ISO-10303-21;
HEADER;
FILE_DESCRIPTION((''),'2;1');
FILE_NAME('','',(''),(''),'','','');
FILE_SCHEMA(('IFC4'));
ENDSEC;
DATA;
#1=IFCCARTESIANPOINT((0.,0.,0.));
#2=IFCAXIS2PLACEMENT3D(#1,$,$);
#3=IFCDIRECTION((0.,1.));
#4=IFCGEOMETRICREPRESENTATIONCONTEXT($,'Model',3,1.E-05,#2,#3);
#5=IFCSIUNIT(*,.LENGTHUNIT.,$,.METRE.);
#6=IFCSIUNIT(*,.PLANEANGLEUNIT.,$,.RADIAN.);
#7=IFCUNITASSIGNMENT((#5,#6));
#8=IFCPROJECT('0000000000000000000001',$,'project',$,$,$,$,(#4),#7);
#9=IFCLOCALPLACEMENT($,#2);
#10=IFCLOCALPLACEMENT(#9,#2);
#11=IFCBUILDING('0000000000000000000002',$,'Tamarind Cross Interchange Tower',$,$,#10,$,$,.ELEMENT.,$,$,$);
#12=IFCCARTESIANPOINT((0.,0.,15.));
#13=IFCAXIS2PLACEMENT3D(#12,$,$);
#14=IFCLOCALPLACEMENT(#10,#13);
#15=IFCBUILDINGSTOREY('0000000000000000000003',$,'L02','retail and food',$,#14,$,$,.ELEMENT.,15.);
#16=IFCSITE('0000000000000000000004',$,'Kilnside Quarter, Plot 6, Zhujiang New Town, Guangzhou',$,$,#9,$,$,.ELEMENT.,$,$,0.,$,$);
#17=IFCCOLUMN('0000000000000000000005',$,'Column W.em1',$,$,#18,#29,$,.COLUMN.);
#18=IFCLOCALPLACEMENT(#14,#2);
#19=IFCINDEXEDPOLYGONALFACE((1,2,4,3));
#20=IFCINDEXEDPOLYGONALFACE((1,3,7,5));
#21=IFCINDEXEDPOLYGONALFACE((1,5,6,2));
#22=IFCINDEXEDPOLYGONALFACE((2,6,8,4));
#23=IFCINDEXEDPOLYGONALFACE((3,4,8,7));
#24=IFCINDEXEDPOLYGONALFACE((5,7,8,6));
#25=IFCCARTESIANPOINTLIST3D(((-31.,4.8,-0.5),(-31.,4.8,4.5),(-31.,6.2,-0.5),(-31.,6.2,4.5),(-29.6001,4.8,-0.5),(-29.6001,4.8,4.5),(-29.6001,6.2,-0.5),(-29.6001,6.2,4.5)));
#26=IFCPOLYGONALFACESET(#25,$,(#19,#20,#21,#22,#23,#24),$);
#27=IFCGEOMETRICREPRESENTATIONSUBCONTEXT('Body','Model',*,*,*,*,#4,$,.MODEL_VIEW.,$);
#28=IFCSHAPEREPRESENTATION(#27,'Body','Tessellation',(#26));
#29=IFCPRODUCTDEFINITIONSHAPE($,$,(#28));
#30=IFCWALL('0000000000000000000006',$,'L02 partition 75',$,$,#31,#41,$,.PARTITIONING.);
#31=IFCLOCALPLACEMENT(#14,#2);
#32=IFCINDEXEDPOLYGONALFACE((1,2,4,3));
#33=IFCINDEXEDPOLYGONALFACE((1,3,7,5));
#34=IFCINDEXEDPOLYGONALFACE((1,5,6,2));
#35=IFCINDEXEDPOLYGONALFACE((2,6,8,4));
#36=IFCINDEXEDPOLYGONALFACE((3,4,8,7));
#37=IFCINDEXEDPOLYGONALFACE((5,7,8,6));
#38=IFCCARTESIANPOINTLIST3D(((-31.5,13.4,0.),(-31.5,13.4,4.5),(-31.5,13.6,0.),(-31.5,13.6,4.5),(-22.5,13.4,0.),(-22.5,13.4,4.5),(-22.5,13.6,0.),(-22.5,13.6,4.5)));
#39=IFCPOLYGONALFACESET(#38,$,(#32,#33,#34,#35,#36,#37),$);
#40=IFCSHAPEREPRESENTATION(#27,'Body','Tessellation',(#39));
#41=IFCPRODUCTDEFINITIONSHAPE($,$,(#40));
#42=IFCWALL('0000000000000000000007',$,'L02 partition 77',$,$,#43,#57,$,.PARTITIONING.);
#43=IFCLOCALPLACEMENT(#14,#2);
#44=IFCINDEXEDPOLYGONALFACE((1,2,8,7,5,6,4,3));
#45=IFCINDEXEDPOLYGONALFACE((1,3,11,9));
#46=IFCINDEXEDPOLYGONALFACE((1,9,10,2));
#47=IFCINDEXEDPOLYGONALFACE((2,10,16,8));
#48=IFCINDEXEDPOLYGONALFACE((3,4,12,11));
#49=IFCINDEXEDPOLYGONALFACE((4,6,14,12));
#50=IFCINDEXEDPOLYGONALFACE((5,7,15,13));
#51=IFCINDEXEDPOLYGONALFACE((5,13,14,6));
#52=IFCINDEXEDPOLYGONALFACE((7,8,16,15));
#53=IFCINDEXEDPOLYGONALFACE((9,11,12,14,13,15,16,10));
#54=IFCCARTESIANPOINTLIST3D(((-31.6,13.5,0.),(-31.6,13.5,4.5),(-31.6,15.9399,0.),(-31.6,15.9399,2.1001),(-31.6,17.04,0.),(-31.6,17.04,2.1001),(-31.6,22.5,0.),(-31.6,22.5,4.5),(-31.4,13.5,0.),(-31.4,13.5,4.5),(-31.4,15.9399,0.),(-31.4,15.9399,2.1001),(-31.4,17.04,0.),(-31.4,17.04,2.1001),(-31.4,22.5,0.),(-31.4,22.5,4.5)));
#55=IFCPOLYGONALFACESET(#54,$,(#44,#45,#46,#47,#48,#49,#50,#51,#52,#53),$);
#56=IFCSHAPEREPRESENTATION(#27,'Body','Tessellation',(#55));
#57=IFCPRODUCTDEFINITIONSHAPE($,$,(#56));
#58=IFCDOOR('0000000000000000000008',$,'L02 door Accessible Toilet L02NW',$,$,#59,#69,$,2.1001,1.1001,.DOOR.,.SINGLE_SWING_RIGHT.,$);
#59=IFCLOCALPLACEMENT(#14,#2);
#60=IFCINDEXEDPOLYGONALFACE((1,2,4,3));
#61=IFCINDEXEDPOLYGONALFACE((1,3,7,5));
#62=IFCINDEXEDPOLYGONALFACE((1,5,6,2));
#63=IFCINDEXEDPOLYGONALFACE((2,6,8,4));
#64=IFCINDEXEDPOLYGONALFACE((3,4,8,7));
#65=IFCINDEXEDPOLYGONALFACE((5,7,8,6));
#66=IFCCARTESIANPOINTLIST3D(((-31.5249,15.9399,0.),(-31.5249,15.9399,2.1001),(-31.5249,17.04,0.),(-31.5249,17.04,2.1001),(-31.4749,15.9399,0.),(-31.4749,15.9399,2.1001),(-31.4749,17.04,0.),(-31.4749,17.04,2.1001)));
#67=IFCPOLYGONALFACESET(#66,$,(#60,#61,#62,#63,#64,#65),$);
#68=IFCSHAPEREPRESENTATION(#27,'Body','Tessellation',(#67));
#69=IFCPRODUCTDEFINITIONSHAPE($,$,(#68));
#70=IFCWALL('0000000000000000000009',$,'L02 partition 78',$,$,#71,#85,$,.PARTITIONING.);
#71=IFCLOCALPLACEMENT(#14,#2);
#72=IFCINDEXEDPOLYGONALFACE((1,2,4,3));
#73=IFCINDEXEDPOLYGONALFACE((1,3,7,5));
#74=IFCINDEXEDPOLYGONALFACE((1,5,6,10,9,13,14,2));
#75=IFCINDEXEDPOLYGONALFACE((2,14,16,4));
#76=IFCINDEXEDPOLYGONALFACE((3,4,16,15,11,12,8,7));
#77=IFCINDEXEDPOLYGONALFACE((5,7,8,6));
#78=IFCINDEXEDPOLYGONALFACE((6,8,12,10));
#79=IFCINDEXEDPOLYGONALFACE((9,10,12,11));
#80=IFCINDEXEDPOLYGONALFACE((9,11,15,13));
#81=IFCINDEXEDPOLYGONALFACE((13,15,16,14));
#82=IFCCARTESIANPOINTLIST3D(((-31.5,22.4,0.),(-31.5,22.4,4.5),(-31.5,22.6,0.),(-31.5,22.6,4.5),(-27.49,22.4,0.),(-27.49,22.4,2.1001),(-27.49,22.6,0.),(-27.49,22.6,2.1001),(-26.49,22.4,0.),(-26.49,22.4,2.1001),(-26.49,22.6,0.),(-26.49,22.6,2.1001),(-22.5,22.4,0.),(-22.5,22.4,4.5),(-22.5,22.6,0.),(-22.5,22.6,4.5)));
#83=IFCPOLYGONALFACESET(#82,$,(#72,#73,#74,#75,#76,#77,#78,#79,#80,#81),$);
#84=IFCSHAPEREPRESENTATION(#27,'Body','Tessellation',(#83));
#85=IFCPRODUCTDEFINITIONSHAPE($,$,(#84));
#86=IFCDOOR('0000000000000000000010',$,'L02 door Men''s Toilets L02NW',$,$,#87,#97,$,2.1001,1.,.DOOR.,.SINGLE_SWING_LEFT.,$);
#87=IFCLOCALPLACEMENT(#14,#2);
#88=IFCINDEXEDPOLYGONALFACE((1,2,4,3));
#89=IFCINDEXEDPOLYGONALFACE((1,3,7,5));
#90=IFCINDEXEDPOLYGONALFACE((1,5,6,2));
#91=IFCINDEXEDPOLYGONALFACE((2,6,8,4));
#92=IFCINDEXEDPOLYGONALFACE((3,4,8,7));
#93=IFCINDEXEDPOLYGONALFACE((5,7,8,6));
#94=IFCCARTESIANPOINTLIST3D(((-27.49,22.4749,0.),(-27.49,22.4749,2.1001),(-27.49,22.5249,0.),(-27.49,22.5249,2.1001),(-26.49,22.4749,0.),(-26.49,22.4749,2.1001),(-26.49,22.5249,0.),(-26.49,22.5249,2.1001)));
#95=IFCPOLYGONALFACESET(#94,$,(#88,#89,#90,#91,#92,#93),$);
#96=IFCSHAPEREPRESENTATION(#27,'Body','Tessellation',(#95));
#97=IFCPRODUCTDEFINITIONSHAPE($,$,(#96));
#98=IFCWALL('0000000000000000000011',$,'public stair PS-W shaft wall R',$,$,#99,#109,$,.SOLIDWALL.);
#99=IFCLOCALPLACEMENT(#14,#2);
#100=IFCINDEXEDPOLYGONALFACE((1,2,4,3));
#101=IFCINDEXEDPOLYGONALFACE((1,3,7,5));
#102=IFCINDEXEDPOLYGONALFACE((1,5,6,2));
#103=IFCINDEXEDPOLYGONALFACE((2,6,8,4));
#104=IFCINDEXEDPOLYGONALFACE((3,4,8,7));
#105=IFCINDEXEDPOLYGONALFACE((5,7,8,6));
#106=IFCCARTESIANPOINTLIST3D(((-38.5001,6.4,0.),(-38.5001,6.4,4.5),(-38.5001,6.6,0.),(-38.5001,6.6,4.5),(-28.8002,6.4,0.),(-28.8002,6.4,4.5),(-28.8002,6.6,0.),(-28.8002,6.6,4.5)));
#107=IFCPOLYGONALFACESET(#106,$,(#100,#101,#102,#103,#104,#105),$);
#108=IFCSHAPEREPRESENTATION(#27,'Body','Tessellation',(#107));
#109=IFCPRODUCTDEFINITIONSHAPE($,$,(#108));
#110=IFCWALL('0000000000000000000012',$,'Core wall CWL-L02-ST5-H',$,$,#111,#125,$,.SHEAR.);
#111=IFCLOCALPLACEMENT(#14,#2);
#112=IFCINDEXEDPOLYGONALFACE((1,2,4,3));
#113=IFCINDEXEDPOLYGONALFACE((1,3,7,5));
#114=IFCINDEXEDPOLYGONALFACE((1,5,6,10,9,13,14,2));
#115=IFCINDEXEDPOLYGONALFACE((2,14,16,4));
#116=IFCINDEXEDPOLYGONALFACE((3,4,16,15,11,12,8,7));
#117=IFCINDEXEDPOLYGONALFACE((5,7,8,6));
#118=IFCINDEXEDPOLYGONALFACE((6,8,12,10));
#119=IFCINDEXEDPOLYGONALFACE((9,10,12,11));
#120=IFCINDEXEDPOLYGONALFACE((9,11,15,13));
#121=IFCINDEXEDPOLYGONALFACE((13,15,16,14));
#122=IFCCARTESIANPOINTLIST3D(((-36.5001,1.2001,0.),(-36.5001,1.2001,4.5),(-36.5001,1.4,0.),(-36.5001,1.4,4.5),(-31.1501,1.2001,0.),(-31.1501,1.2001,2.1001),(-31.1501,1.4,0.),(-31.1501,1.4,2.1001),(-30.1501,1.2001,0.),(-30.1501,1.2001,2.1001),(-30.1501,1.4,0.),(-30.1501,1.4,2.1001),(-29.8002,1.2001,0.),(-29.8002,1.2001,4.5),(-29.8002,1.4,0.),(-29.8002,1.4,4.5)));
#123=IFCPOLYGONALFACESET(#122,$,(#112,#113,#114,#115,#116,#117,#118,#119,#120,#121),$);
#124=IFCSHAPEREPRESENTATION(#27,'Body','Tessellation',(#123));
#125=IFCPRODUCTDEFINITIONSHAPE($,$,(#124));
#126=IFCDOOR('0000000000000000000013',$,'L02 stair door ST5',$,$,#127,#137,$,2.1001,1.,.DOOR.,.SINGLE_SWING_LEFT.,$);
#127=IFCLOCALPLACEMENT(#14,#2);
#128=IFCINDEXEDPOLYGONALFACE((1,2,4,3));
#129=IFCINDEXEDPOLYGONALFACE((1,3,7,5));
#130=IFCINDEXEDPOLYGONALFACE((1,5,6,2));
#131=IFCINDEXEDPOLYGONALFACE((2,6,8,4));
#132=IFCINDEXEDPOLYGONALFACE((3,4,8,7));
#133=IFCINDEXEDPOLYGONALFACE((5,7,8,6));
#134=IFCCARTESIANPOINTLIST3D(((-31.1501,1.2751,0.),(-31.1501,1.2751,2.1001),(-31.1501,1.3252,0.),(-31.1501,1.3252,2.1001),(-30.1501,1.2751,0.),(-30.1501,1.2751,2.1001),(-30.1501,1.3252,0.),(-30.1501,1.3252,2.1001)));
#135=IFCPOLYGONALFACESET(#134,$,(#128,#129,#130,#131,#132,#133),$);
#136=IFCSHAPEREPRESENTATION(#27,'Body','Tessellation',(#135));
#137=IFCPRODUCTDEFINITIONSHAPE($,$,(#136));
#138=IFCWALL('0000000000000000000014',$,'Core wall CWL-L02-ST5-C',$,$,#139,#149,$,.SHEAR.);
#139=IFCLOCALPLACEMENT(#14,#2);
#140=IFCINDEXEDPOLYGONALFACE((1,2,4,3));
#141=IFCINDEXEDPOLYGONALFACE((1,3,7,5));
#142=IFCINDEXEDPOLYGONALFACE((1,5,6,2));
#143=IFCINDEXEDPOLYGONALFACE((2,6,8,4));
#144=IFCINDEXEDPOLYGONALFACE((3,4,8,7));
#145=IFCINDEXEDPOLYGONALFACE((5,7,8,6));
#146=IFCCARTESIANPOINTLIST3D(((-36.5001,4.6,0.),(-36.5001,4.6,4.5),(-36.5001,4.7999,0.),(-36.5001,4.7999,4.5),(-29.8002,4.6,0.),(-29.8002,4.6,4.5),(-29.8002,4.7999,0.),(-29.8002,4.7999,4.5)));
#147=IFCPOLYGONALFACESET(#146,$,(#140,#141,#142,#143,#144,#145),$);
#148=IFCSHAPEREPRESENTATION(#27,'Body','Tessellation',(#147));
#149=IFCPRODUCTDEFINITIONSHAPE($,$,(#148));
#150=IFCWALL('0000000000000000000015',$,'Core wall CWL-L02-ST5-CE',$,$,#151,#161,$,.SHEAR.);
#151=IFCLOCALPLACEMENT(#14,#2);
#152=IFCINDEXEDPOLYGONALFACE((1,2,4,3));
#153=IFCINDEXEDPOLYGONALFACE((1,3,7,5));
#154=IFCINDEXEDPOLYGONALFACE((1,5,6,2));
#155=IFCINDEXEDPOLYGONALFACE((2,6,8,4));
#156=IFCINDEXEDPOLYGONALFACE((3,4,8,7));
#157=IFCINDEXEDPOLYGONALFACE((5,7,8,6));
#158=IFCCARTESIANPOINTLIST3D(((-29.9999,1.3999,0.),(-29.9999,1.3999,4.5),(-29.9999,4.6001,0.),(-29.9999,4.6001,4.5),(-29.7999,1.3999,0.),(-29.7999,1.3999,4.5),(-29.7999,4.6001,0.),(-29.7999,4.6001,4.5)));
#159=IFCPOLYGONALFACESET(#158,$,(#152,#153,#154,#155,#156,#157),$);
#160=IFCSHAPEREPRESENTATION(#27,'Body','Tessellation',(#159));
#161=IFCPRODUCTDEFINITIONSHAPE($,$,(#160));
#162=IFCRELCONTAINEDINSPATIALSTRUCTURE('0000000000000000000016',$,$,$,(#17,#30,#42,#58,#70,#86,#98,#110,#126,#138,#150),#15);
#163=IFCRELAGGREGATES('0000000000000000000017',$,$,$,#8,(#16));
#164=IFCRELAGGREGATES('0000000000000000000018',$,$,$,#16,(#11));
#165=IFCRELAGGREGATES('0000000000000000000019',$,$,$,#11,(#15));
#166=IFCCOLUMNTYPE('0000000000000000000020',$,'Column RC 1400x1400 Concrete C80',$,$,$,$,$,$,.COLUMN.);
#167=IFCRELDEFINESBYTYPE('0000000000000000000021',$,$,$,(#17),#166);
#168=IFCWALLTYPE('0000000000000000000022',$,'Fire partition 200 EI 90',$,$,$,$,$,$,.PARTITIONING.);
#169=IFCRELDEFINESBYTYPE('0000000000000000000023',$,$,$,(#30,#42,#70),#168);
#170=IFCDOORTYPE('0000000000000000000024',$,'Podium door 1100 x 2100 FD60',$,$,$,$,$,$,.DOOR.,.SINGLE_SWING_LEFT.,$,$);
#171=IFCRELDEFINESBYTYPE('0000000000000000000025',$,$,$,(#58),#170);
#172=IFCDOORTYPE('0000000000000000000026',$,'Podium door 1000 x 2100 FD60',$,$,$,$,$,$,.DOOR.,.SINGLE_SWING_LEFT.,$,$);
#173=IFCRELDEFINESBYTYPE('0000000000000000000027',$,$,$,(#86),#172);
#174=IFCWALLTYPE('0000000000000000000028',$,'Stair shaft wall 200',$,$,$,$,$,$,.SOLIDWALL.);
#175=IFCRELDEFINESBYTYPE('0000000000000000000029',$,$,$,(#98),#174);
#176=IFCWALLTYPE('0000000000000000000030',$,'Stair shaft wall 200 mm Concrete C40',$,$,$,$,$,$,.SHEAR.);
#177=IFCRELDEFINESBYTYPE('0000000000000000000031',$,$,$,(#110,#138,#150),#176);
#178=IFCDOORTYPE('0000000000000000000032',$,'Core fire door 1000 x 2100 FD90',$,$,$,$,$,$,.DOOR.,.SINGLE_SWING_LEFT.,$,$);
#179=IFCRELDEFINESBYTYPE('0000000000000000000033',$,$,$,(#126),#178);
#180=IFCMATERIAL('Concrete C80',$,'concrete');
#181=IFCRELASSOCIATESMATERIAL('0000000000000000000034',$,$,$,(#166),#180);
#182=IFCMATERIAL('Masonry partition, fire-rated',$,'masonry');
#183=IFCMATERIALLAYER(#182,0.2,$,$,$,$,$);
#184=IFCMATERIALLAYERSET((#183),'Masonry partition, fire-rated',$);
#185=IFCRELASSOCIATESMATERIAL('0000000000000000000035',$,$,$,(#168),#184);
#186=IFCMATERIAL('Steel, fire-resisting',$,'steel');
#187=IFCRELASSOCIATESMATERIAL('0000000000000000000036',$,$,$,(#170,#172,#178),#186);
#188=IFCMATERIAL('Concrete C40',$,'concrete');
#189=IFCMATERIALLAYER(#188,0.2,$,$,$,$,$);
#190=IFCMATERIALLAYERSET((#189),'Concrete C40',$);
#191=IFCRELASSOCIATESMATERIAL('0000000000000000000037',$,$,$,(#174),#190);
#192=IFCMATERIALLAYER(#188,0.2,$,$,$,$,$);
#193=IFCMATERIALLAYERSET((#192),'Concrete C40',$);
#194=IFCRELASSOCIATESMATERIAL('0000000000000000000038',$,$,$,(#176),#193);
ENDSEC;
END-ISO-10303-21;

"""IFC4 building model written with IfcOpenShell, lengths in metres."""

from ifc_helpers import new_model, si_unit, direction, frame, frame_2d, origin, origin_2d, place, context, subcontext, project, spatial, rectangle, extrude, material, layer, layer_set, material_profile, profile_set, type_object, element, fill, save


model = new_model("IFC4")

# Units and contexts
model_context = context("Model", 3, precision=1e-05, world=origin(), true_north=direction((0.0, 1.0)))
body_context = subcontext(model_context, "Body", "Model", "MODEL_VIEW")
ifc_project = project(units=[si_unit("LENGTHUNIT", "METRE"), si_unit("PLANEANGLEUNIT", "RADIAN")], contexts=[model_context])

# Site, building, storey
site_placement = place(None, origin())
site = spatial("IfcSite", under=ifc_project, at=site_placement, Name="Kilnside Quarter, Plot 6, Zhujiang New Town, Guangzhou", CompositionType="ELEMENT", RefElevation=0.0)
building_placement = place(site_placement, origin())
building = spatial("IfcBuilding", under=site, at=building_placement, Name="Tamarind Cross Interchange Tower", CompositionType="ELEMENT")
storey_placement = place(building_placement, frame((0.0, 0.0, 15.0)))
storey = spatial("IfcBuildingStorey", under=building, at=storey_placement, Name="L02", Description="retail and food", CompositionType="ELEMENT", Elevation=15.0)

# Column
ifc_material_1 = material(Name="Concrete C80", Category="concrete")
ifc_material_profile = material_profile(ifc_material_1, rectangle(XDim=1.3999, YDim=1.3999, at=origin_2d()), Name="RC 1400x1400")
ifc_profile_set = profile_set([ifc_material_profile], Name="Concrete C80")
column_type = type_object("IfcColumnType", Name="Column RC 1400x1400 Concrete C80", PredefinedType="COLUMN", material=ifc_profile_set)
column_placement = place(storey_placement, frame((-30.3, 5.5, -0.5), z_axis=(0.0, 0.0, 1.0), x_axis=(1.0, 0.0, 0.0)))
element("IfcColumn", 1, at=column_placement, inside=storey, type_object=column_type, Name="Column W.em1", PredefinedType="COLUMN", context=body_context, shape_type="SweptSolid", body=[
    extrude(rectangle(XDim=1.3999, YDim=1.3999, at=origin_2d()), origin(), (0.0, 0.0, 1.0), 5.0),
])

# Wall
ifc_material_2 = material(Name="Masonry partition, fire-rated", Category="masonry")
ifc_layer_1 = layer(ifc_material_2, 0.2)
ifc_layer_set_1 = layer_set([ifc_layer_1], Name="Masonry partition, fire-rated")
wall_type_1 = type_object("IfcWallType", Name="Fire partition 200 EI 90", PredefinedType="PARTITIONING", material=ifc_layer_set_1)
wall_1_placement = place(storey_placement, frame((-31.5, 13.5, 0.0), z_axis=(0.0, 0.0, 1.0), x_axis=(1.0, 0.0, 0.0)))
element("IfcWall", 2, at=wall_1_placement, inside=storey, type_object=wall_type_1, Name="L02 partition 75", PredefinedType="PARTITIONING", context=body_context, shape_type="SweptSolid", body=[
    extrude(rectangle(XDim=9.0, YDim=0.2, at=frame_2d((4.5, 0.0))), origin(), (0.0, 0.0, 1.0), 4.5),
])

# Walls, openings, doors
wall_2_placement = place(storey_placement, frame((-31.5, 13.5, 0.0), z_axis=(0.0, 0.0, 1.0), x_axis=(0.0, 1.0, 0.0)))
wall_2 = element("IfcWall", 3, at=wall_2_placement, inside=storey, type_object=wall_type_1, Name="L02 partition 77", PredefinedType="PARTITIONING", context=body_context, shape_type="SweptSolid", body=[
    extrude(rectangle(XDim=9.0, YDim=0.2, at=frame_2d((4.5, 0.0))), origin(), (0.0, 0.0, 1.0), 4.5),
])
opening_1_placement = place(wall_2_placement, frame((2.4399, 0.0, 0.0)))
opening_1 = element("IfcOpeningElement", 4, at=opening_1_placement, cuts=wall_2, PredefinedType="OPENING", context=body_context, shape_type="SweptSolid", body=[
    extrude(rectangle(XDim=1.1001, YDim=2.1001, at=frame_2d((0.55, 1.05))), frame((0.0, 0.1099, 0.0), z_axis=(0.0, -1.0, 0.0), x_axis=(1.0, 0.0, 0.0)), (0.0, 0.0, 1.0), 0.22),
])
ifc_material_3 = material(Name="Steel, fire-resisting", Category="steel")
door_type_1 = type_object("IfcDoorType", Name="Podium door 1100 x 2100 FD60", OperationType="SINGLE_SWING_LEFT", PredefinedType="DOOR", material=ifc_material_3)
door_1_placement = place(opening_1_placement, origin())
door_1 = element("IfcDoor", 5, at=door_1_placement, inside=storey, type_object=door_type_1, Name="L02 door Accessible Toilet L02NW", OperationType="SINGLE_SWING_RIGHT", OverallHeight=2.1001, OverallWidth=1.1001, PredefinedType="DOOR", context=body_context, shape_type="SweptSolid", body=[
    extrude(rectangle(XDim=1.1001, YDim=2.1001, at=frame_2d((0.55, 1.05))), frame((0.0, 0.0249, 0.0), z_axis=(0.0, -1.0, 0.0), x_axis=(1.0, 0.0, 0.0)), (0.0, 0.0, 1.0), 0.05),
])
fill(opening_1, door_1)
wall_3_placement = place(storey_placement, frame((-31.5, 22.5, 0.0), z_axis=(0.0, 0.0, 1.0), x_axis=(1.0, 0.0, 0.0)))
wall_3 = element("IfcWall", 6, at=wall_3_placement, inside=storey, type_object=wall_type_1, Name="L02 partition 78", PredefinedType="PARTITIONING", context=body_context, shape_type="SweptSolid", body=[
    extrude(rectangle(XDim=9.0, YDim=0.2, at=frame_2d((4.5, 0.0))), origin(), (0.0, 0.0, 1.0), 4.5),
])
opening_2_placement = place(wall_3_placement, frame((4.01, 0.0, 0.0)))
opening_2 = element("IfcOpeningElement", 7, at=opening_2_placement, cuts=wall_3, PredefinedType="OPENING", context=body_context, shape_type="SweptSolid", body=[
    extrude(rectangle(XDim=1.0, YDim=2.1001, at=frame_2d((0.5, 1.05))), frame((0.0, 0.1099, 0.0), z_axis=(0.0, -1.0, 0.0), x_axis=(1.0, 0.0, 0.0)), (0.0, 0.0, 1.0), 0.22),
])
door_type_2 = type_object("IfcDoorType", Name="Podium door 1000 x 2100 FD60", OperationType="SINGLE_SWING_LEFT", PredefinedType="DOOR", material=ifc_material_3)
door_2_placement = place(opening_2_placement, origin())
door_2 = element("IfcDoor", 8, at=door_2_placement, inside=storey, type_object=door_type_2, Name="L02 door Men's Toilets L02NW", OperationType="SINGLE_SWING_LEFT", OverallHeight=2.1001, OverallWidth=1.0, PredefinedType="DOOR", context=body_context, shape_type="SweptSolid", body=[
    extrude(rectangle(XDim=1.0, YDim=2.1001, at=frame_2d((0.5, 1.05))), frame((0.0, 0.0249, 0.0), z_axis=(0.0, -1.0, 0.0), x_axis=(1.0, 0.0, 0.0)), (0.0, 0.0, 1.0), 0.05),
])
fill(opening_2, door_2)

# Wall
ifc_material_4 = material(Name="Concrete C40", Category="concrete")
ifc_layer_2 = layer(ifc_material_4, 0.2)
ifc_layer_set_2 = layer_set([ifc_layer_2], Name="Concrete C40")
wall_type_2 = type_object("IfcWallType", Name="Stair shaft wall 200", PredefinedType="SOLIDWALL", material=ifc_layer_set_2)
wall_4_placement = place(storey_placement, frame((-28.8, 6.5, 0.0), z_axis=(0.0, 0.0, 1.0), x_axis=(-1.0, 0.0, 0.0)))
element("IfcWall", 9, at=wall_4_placement, inside=storey, type_object=wall_type_2, Name="public stair PS-W shaft wall R", PredefinedType="SOLIDWALL", context=body_context, shape_type="SweptSolid", body=[
    extrude(rectangle(XDim=9.7, YDim=0.2, at=frame_2d((4.8501, 0.0))), origin(), (0.0, 0.0, 1.0), 4.5),
])

# Wall, opening, door
ifc_layer_3 = layer(ifc_material_4, 0.2)
ifc_layer_set_3 = layer_set([ifc_layer_3], Name="Concrete C40")
wall_type_3 = type_object("IfcWallType", Name="Stair shaft wall 200 mm Concrete C40", PredefinedType="SHEAR", material=ifc_layer_set_3)
wall_5_placement = place(storey_placement, frame((-29.8, 1.3, 0.0), z_axis=(0.0, 0.0, 1.0), x_axis=(-1.0, 0.0, 0.0)))
wall_5 = element("IfcWall", 10, at=wall_5_placement, inside=storey, type_object=wall_type_3, Name="Core wall CWL-L02-ST5-H", PredefinedType="SHEAR", context=body_context, shape_type="SweptSolid", body=[
    extrude(rectangle(XDim=6.7, YDim=0.2, at=frame_2d((3.3501, 0.0))), origin(), (0.0, 0.0, 1.0), 4.5),
])
opening_3_placement = place(wall_5_placement, frame((0.3501, 0.0, 0.0)))
opening_3 = element("IfcOpeningElement", 11, at=opening_3_placement, cuts=wall_5, PredefinedType="OPENING", context=body_context, shape_type="SweptSolid", body=[
    extrude(rectangle(XDim=1.0, YDim=2.1001, at=frame_2d((0.5, 1.05))), frame((0.0, 0.1099, 0.0), z_axis=(0.0, -1.0, 0.0), x_axis=(1.0, 0.0, 0.0)), (0.0, 0.0, 1.0), 0.22),
])
door_type_3 = type_object("IfcDoorType", Name="Core fire door 1000 x 2100 FD90", OperationType="SINGLE_SWING_LEFT", PredefinedType="DOOR", material=ifc_material_3)
door_3_placement = place(opening_3_placement, origin())
door_3 = element("IfcDoor", 12, at=door_3_placement, inside=storey, type_object=door_type_3, Name="L02 stair door ST5", OperationType="SINGLE_SWING_LEFT", OverallHeight=2.1001, OverallWidth=1.0, PredefinedType="DOOR", context=body_context, shape_type="SweptSolid", body=[
    extrude(rectangle(XDim=1.0, YDim=2.1001, at=frame_2d((0.5, 1.05))), frame((0.0, 0.0249, 0.0), z_axis=(0.0, -1.0, 0.0), x_axis=(1.0, 0.0, 0.0)), (0.0, 0.0, 1.0), 0.05),
])
fill(opening_3, door_3)

# Walls
wall_6_placement = place(storey_placement, frame((-29.8, 4.7, 0.0), z_axis=(0.0, 0.0, 1.0), x_axis=(-1.0, 0.0, 0.0)))
element("IfcWall", 13, at=wall_6_placement, inside=storey, type_object=wall_type_3, Name="Core wall CWL-L02-ST5-C", PredefinedType="SHEAR", context=body_context, shape_type="SweptSolid", body=[
    extrude(rectangle(XDim=6.7, YDim=0.2, at=frame_2d((3.3501, 0.0))), origin(), (0.0, 0.0, 1.0), 4.5),
])
wall_7_placement = place(storey_placement, frame((-29.8999, 4.6001, 0.0), z_axis=(0.0, 0.0, 1.0), x_axis=(0.0, -1.0, 0.0)))
element("IfcWall", 14, at=wall_7_placement, inside=storey, type_object=wall_type_3, Name="Core wall CWL-L02-ST5-CE", PredefinedType="SHEAR", context=body_context, shape_type="SweptSolid", body=[
    extrude(rectangle(XDim=3.2002, YDim=0.2, at=frame_2d((1.6001, 0.0))), origin(), (0.0, 0.0, 1.0), 4.5),
])

save(model, "model.ifc")
